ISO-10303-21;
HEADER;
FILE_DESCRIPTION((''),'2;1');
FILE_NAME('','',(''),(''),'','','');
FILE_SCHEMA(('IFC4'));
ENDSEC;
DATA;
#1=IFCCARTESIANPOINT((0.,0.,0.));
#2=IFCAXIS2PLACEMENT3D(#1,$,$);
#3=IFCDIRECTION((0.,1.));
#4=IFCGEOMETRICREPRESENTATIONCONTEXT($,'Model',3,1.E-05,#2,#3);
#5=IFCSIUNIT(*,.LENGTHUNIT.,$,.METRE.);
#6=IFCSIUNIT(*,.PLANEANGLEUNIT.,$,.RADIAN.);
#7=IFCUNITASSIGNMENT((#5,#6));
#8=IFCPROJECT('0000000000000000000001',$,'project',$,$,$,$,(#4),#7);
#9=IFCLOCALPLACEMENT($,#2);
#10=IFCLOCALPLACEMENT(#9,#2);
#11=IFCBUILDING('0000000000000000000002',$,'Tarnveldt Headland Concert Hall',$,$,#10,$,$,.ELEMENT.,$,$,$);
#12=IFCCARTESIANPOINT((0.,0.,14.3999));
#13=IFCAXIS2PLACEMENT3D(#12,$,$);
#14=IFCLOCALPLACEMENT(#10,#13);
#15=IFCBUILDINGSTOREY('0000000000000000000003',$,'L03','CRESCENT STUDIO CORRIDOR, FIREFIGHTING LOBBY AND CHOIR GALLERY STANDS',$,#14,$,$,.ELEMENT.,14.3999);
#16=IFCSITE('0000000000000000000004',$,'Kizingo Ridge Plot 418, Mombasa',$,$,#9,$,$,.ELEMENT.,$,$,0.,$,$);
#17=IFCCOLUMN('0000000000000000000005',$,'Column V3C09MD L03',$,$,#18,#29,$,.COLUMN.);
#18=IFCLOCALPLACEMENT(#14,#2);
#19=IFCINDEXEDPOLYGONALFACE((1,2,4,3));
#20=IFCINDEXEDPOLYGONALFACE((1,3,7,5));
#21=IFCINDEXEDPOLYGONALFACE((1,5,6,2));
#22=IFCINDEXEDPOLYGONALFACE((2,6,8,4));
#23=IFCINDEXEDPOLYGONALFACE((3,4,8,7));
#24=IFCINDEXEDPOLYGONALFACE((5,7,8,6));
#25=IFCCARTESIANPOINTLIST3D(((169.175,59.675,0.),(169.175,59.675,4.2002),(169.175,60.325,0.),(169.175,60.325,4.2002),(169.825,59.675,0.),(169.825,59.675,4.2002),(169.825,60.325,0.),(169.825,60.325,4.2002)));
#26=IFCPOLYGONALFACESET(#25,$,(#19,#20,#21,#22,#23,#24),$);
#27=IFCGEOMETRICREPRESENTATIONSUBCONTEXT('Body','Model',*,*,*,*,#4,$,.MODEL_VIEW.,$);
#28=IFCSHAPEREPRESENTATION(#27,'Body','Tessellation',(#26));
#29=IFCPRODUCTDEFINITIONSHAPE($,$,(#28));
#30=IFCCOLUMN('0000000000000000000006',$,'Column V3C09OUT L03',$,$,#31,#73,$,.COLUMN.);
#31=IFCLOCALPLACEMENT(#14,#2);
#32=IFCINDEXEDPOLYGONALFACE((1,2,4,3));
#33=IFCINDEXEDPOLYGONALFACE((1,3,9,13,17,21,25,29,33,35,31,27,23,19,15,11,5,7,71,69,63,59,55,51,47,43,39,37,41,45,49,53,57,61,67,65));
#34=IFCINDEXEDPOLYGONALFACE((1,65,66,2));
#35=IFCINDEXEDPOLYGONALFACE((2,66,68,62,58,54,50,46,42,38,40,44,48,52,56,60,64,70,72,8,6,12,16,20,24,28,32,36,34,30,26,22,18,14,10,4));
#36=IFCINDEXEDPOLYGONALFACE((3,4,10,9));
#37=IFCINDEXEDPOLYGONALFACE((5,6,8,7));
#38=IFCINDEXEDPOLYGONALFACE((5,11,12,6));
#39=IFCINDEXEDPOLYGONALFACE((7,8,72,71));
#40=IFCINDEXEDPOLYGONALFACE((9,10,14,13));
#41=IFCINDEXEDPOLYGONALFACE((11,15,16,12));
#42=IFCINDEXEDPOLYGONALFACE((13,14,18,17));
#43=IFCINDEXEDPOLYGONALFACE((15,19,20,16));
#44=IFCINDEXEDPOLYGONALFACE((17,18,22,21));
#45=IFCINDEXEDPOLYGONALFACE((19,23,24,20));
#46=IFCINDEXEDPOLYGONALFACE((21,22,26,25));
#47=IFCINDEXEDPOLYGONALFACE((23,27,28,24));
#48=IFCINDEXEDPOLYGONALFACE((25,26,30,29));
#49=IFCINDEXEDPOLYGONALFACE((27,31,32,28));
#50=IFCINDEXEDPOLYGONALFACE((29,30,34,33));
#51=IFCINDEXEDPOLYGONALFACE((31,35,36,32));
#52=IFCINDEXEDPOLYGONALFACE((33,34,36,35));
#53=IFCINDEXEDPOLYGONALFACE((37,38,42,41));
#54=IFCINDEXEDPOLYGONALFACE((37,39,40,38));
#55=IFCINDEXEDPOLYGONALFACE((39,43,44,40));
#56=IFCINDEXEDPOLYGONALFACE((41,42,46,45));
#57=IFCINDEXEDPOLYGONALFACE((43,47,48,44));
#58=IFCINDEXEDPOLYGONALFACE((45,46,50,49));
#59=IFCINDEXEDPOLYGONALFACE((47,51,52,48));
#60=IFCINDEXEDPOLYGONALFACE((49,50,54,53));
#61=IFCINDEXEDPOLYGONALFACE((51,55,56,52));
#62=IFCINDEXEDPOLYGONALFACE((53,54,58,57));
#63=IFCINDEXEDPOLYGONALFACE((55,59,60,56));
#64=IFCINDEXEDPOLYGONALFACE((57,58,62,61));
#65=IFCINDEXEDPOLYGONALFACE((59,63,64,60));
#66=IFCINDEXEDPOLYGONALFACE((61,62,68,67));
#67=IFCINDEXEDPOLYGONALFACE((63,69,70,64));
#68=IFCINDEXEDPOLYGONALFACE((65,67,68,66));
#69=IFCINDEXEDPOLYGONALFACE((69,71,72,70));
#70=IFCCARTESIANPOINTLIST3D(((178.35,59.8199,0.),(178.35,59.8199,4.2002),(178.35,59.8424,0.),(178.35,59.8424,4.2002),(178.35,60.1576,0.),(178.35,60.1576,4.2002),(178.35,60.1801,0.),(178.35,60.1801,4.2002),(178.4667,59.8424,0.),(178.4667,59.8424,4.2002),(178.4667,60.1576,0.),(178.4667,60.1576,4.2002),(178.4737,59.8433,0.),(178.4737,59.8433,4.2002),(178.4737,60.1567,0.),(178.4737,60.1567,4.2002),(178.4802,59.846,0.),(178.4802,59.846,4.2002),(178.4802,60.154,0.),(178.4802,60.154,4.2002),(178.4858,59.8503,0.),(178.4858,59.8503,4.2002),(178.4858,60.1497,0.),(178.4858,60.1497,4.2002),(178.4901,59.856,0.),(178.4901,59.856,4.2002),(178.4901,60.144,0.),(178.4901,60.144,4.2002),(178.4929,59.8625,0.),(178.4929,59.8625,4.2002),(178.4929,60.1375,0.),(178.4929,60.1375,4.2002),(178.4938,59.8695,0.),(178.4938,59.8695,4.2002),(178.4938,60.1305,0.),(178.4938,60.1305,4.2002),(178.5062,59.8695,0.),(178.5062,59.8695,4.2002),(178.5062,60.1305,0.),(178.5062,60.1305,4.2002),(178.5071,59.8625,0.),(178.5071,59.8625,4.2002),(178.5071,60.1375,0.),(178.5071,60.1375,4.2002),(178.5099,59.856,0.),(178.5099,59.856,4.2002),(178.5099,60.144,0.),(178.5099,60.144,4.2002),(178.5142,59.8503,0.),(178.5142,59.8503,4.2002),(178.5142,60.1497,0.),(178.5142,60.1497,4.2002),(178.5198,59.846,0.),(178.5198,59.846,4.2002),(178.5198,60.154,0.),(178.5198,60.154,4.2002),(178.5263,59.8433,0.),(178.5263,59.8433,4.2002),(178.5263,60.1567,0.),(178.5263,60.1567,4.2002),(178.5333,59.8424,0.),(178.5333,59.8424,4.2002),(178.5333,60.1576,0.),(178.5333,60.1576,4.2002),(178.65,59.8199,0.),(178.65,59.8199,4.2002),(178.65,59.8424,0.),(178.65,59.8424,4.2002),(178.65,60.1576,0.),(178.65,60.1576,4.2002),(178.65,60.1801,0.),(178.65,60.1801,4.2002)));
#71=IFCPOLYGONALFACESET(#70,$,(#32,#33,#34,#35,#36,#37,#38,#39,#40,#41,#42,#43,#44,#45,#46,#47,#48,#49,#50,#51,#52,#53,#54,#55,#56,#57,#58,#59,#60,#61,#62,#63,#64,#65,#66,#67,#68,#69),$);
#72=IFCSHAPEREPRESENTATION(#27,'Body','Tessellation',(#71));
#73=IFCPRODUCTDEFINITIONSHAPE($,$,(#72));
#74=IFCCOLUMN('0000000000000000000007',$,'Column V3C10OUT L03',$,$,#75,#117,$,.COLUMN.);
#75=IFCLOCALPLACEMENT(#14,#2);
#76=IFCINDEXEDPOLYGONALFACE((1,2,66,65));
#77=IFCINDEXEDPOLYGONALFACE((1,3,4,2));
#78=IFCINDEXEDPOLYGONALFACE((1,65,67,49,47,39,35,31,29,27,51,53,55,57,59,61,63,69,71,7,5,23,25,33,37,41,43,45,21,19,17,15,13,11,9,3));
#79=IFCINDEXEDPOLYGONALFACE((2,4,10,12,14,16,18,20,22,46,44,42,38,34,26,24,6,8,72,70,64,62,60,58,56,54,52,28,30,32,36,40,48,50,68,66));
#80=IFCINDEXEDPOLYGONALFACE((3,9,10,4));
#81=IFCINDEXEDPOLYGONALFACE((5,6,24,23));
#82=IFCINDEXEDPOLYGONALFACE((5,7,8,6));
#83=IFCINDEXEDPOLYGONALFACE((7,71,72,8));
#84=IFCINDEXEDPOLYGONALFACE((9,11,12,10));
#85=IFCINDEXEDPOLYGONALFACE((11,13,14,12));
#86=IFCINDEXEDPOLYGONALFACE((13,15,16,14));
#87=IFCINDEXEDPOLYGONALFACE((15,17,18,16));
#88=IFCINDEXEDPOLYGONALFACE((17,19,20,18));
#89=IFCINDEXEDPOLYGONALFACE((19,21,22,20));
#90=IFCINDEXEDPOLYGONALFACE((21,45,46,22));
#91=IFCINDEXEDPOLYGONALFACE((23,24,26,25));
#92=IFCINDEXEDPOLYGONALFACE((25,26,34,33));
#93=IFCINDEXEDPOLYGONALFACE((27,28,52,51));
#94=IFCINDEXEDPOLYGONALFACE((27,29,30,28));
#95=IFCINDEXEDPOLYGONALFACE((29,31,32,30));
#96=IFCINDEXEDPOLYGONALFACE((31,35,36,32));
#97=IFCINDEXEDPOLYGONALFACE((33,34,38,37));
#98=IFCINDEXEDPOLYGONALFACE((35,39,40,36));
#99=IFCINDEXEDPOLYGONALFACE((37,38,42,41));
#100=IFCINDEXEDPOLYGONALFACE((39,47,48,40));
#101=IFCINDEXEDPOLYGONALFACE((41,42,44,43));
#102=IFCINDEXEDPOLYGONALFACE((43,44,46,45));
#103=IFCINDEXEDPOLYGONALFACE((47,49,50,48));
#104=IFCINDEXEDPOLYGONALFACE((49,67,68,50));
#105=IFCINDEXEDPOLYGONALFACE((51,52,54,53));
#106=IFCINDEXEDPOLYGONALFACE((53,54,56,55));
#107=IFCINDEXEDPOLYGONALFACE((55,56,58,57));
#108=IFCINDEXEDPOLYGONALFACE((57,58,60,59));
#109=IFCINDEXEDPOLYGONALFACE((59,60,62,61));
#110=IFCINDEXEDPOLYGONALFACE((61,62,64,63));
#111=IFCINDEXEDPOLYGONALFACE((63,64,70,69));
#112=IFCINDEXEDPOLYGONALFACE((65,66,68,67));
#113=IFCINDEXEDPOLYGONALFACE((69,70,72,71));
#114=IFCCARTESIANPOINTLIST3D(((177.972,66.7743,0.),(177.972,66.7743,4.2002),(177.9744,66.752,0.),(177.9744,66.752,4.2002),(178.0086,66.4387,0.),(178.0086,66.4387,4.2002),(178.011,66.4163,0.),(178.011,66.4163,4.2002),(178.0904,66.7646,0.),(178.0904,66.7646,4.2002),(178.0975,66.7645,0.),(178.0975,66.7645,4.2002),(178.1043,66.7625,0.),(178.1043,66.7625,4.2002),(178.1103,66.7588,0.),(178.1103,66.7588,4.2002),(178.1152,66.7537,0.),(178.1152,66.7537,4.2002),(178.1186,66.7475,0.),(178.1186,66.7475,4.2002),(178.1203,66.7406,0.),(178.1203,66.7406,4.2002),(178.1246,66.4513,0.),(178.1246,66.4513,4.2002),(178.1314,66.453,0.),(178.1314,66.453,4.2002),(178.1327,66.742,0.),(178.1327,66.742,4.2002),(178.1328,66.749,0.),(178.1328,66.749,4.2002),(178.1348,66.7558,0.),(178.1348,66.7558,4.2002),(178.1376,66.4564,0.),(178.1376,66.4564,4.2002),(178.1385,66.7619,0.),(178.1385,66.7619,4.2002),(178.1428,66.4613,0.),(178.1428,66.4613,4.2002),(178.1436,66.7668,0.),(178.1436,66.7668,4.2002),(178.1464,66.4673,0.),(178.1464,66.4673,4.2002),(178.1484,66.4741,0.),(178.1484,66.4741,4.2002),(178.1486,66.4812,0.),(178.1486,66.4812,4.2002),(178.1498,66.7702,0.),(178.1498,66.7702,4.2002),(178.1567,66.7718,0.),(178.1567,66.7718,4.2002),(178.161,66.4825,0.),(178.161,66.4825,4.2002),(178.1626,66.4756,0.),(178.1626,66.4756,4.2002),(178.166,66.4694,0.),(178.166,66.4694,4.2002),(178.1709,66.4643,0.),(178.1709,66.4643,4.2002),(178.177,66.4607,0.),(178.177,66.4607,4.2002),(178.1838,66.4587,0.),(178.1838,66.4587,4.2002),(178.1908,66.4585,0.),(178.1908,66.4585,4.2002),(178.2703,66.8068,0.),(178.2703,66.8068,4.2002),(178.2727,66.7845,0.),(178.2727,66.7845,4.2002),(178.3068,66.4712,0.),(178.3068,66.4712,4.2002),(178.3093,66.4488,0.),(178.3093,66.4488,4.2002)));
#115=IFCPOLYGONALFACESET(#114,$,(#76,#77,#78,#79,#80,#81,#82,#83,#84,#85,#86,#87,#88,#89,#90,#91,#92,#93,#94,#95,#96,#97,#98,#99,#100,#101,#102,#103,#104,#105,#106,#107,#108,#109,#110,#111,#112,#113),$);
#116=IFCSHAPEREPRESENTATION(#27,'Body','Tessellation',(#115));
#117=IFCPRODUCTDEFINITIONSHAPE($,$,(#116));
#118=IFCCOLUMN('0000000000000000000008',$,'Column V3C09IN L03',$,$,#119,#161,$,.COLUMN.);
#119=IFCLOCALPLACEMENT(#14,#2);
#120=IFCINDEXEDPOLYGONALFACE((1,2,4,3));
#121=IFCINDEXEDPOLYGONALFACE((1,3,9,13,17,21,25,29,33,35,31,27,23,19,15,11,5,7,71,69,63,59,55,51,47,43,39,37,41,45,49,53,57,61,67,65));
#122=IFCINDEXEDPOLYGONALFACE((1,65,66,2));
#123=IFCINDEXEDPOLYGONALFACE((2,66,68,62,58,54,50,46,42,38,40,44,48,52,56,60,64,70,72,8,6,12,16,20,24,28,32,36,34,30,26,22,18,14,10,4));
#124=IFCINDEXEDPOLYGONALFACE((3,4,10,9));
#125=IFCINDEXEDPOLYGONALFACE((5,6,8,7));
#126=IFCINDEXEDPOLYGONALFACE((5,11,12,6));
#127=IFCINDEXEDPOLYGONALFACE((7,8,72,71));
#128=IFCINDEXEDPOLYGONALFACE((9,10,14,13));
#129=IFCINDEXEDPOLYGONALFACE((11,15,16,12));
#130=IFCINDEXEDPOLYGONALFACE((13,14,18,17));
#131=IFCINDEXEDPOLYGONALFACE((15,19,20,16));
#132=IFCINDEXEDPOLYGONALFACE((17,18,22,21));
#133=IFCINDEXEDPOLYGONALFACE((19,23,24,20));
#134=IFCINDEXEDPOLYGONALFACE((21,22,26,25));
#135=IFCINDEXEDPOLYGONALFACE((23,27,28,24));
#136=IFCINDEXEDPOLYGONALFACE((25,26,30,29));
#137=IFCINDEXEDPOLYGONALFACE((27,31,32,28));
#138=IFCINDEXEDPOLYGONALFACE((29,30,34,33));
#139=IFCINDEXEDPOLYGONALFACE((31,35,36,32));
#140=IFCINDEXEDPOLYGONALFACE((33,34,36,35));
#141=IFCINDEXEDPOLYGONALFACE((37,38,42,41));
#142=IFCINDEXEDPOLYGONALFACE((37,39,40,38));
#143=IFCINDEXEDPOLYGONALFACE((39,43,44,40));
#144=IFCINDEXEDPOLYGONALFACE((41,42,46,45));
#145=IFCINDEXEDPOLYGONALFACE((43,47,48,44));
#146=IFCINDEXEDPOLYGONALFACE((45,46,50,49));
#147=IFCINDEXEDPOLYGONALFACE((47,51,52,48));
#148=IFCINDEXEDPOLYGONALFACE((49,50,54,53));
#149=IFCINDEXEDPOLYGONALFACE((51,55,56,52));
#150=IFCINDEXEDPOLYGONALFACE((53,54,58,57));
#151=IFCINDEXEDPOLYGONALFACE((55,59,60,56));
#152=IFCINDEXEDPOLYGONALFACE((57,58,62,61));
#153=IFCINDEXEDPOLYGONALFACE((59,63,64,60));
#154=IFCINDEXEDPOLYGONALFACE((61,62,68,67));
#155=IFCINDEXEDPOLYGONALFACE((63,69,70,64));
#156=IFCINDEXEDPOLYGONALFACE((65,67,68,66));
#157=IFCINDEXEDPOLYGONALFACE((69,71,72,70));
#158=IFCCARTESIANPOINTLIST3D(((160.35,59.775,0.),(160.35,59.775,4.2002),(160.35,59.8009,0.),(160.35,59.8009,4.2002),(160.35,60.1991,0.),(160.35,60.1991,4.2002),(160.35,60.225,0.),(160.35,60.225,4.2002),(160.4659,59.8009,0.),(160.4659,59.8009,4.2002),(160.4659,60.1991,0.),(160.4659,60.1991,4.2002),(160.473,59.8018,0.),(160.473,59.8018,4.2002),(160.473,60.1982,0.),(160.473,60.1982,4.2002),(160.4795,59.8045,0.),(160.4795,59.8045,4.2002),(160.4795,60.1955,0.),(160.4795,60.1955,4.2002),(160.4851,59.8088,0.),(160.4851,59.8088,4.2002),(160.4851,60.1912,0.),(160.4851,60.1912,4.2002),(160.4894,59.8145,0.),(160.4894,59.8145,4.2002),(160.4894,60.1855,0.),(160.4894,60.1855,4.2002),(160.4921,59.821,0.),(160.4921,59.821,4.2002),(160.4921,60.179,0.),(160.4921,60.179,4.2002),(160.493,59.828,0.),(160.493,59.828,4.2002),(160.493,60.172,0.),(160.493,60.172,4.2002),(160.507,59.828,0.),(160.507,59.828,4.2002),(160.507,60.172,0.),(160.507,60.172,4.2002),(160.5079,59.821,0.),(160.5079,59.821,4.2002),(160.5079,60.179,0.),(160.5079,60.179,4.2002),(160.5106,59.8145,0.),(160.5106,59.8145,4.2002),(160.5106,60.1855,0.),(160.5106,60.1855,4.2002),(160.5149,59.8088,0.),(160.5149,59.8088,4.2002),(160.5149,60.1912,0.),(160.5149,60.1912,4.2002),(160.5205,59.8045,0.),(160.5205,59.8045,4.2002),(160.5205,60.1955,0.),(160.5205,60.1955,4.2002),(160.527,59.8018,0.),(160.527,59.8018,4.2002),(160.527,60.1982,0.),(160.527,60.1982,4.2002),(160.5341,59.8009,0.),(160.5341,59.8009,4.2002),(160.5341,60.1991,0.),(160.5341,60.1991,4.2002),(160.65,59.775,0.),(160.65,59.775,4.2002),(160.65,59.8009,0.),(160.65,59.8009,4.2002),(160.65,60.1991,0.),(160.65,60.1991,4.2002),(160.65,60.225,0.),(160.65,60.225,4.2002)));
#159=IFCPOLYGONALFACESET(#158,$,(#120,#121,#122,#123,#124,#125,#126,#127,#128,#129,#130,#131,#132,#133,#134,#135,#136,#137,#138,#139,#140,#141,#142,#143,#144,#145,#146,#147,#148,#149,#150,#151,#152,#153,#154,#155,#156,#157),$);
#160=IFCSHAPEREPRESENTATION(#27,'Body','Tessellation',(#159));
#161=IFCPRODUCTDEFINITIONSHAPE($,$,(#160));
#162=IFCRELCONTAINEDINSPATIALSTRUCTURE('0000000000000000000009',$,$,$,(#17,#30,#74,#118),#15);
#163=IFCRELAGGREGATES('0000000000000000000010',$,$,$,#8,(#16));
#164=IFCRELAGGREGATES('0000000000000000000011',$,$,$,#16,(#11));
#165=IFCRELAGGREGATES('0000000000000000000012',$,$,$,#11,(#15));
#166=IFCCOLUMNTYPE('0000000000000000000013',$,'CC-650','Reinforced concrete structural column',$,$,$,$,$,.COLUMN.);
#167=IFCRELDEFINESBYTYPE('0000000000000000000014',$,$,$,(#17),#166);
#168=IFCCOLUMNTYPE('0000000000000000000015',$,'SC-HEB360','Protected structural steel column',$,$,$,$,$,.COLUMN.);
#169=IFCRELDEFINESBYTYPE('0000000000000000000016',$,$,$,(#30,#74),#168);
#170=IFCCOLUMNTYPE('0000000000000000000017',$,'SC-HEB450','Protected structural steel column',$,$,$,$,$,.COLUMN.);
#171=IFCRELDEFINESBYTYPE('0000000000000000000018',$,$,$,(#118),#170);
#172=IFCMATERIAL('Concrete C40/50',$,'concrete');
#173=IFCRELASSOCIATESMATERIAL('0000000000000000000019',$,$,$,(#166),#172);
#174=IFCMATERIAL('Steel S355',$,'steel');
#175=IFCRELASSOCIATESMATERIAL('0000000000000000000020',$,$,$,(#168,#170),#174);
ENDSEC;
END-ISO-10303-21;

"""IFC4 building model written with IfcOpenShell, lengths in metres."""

from ifc_helpers import new_model, si_unit, direction, frame, origin, origin_2d, place, context, subcontext, project, spatial, rectangle, i_section, extrude, material, material_profile, profile_set, type_object, element, save


model = new_model("IFC4")

# Units and contexts
model_context = context("Model", 3, precision=1e-05, world=origin(), true_north=direction((0.0, 1.0)))
body_context = subcontext(model_context, "Body", "Model", "MODEL_VIEW")
ifc_project = project(units=[si_unit("LENGTHUNIT", "METRE"), si_unit("PLANEANGLEUNIT", "RADIAN")], contexts=[model_context])

# Site, building, storey
site_placement = place(None, origin())
site = spatial("IfcSite", under=ifc_project, at=site_placement, Name="Kizingo Ridge Plot 418, Mombasa", CompositionType="ELEMENT", RefElevation=0.0)
building_placement = place(site_placement, origin())
building = spatial("IfcBuilding", under=site, at=building_placement, Name="Tarnveldt Headland Concert Hall", CompositionType="ELEMENT")
storey_placement = place(building_placement, frame((0.0, 0.0, 14.3999)))
storey = spatial("IfcBuildingStorey", under=building, at=storey_placement, Name="L03", Description="CRESCENT STUDIO CORRIDOR, FIREFIGHTING LOBBY AND CHOIR GALLERY STANDS", CompositionType="ELEMENT", Elevation=14.3999)

# Columns
ifc_material_1 = material(Name="Concrete C40/50", Category="concrete")
ifc_material_profile_1 = material_profile(ifc_material_1, rectangle(XDim=0.6499, YDim=0.6499, at=origin_2d()), Name="RC 650x650", Category="concrete")
ifc_profile_set_1 = profile_set([ifc_material_profile_1], Name="Concrete C40/50")
column_type_1 = type_object("IfcColumnType", Name="CC-650", Description="Reinforced concrete structural column", PredefinedType="COLUMN", material=ifc_profile_set_1)
column_1_placement = place(storey_placement, frame((169.5, 60.0, 0.0), z_axis=(0.0, 0.0, 1.0), x_axis=(1.0, 0.0, 0.0)))
element("IfcColumn", 1, at=column_1_placement, inside=storey, type_object=column_type_1, Name="Column V3C09MD L03", PredefinedType="COLUMN", context=body_context, shape_type="SweptSolid", body=[
    extrude(rectangle(XDim=0.6499, YDim=0.6499, at=origin_2d()), origin(), (0.0, 0.0, 1.0), 4.2002),
])
ifc_material_2 = material(Name="Steel S355", Category="steel")
ifc_material_profile_2 = material_profile(ifc_material_2, i_section(OverallWidth=0.3, OverallDepth=0.3601, WebThickness=0.0125, FlangeThickness=0.0225, FilletRadius=0.0271, at=origin_2d()), Name="HEB360", Category="steel")
ifc_profile_set_2 = profile_set([ifc_material_profile_2], Name="Steel S355")
column_type_2 = type_object("IfcColumnType", Name="SC-HEB360", Description="Protected structural steel column", PredefinedType="COLUMN", material=ifc_profile_set_2)
for number, where, z_axis, x_axis, name in (
    (2, (178.5, 60.0, 0.0), (0.0, 0.0, 1.0), (1.0, 0.0, 0.0), "Column V3C09OUT L03"),
    (3, (178.1406, 66.6116, 0.0), (0.0, 0.0, 1.0), (0.994113, 0.108346, 0.0), "Column V3C10OUT L03"),
):
    element("IfcColumn", number, at=place(storey_placement, frame(where, z_axis=z_axis, x_axis=x_axis)), inside=storey, type_object=column_type_2, Name=name, PredefinedType="COLUMN", context=body_context, shape_type="SweptSolid", body=[
        extrude(i_section(OverallWidth=0.3, OverallDepth=0.3601, WebThickness=0.0125, FlangeThickness=0.0225, FilletRadius=0.0271, at=origin_2d()), origin(), (0.0, 0.0, 1.0), 4.2002),
    ])
ifc_material_profile_3 = material_profile(ifc_material_2, i_section(OverallWidth=0.3, OverallDepth=0.45, WebThickness=0.0139, FlangeThickness=0.0259, FilletRadius=0.0271, at=origin_2d()), Name="HEB450", Category="steel")
ifc_profile_set_3 = profile_set([ifc_material_profile_3], Name="Steel S355")
column_type_3 = type_object("IfcColumnType", Name="SC-HEB450", Description="Protected structural steel column", PredefinedType="COLUMN", material=ifc_profile_set_3)
column_2_placement = place(storey_placement, frame((160.5, 60.0, 0.0), z_axis=(0.0, 0.0, 1.0), x_axis=(1.0, 0.0, 0.0)))
element("IfcColumn", 4, at=column_2_placement, inside=storey, type_object=column_type_3, Name="Column V3C09IN L03", PredefinedType="COLUMN", context=body_context, shape_type="SweptSolid", body=[
    extrude(i_section(OverallWidth=0.3, OverallDepth=0.45, WebThickness=0.0139, FlangeThickness=0.0259, FilletRadius=0.0271, at=origin_2d()), origin(), (0.0, 0.0, 1.0), 4.2002),
])

save(model, "model.ifc")
